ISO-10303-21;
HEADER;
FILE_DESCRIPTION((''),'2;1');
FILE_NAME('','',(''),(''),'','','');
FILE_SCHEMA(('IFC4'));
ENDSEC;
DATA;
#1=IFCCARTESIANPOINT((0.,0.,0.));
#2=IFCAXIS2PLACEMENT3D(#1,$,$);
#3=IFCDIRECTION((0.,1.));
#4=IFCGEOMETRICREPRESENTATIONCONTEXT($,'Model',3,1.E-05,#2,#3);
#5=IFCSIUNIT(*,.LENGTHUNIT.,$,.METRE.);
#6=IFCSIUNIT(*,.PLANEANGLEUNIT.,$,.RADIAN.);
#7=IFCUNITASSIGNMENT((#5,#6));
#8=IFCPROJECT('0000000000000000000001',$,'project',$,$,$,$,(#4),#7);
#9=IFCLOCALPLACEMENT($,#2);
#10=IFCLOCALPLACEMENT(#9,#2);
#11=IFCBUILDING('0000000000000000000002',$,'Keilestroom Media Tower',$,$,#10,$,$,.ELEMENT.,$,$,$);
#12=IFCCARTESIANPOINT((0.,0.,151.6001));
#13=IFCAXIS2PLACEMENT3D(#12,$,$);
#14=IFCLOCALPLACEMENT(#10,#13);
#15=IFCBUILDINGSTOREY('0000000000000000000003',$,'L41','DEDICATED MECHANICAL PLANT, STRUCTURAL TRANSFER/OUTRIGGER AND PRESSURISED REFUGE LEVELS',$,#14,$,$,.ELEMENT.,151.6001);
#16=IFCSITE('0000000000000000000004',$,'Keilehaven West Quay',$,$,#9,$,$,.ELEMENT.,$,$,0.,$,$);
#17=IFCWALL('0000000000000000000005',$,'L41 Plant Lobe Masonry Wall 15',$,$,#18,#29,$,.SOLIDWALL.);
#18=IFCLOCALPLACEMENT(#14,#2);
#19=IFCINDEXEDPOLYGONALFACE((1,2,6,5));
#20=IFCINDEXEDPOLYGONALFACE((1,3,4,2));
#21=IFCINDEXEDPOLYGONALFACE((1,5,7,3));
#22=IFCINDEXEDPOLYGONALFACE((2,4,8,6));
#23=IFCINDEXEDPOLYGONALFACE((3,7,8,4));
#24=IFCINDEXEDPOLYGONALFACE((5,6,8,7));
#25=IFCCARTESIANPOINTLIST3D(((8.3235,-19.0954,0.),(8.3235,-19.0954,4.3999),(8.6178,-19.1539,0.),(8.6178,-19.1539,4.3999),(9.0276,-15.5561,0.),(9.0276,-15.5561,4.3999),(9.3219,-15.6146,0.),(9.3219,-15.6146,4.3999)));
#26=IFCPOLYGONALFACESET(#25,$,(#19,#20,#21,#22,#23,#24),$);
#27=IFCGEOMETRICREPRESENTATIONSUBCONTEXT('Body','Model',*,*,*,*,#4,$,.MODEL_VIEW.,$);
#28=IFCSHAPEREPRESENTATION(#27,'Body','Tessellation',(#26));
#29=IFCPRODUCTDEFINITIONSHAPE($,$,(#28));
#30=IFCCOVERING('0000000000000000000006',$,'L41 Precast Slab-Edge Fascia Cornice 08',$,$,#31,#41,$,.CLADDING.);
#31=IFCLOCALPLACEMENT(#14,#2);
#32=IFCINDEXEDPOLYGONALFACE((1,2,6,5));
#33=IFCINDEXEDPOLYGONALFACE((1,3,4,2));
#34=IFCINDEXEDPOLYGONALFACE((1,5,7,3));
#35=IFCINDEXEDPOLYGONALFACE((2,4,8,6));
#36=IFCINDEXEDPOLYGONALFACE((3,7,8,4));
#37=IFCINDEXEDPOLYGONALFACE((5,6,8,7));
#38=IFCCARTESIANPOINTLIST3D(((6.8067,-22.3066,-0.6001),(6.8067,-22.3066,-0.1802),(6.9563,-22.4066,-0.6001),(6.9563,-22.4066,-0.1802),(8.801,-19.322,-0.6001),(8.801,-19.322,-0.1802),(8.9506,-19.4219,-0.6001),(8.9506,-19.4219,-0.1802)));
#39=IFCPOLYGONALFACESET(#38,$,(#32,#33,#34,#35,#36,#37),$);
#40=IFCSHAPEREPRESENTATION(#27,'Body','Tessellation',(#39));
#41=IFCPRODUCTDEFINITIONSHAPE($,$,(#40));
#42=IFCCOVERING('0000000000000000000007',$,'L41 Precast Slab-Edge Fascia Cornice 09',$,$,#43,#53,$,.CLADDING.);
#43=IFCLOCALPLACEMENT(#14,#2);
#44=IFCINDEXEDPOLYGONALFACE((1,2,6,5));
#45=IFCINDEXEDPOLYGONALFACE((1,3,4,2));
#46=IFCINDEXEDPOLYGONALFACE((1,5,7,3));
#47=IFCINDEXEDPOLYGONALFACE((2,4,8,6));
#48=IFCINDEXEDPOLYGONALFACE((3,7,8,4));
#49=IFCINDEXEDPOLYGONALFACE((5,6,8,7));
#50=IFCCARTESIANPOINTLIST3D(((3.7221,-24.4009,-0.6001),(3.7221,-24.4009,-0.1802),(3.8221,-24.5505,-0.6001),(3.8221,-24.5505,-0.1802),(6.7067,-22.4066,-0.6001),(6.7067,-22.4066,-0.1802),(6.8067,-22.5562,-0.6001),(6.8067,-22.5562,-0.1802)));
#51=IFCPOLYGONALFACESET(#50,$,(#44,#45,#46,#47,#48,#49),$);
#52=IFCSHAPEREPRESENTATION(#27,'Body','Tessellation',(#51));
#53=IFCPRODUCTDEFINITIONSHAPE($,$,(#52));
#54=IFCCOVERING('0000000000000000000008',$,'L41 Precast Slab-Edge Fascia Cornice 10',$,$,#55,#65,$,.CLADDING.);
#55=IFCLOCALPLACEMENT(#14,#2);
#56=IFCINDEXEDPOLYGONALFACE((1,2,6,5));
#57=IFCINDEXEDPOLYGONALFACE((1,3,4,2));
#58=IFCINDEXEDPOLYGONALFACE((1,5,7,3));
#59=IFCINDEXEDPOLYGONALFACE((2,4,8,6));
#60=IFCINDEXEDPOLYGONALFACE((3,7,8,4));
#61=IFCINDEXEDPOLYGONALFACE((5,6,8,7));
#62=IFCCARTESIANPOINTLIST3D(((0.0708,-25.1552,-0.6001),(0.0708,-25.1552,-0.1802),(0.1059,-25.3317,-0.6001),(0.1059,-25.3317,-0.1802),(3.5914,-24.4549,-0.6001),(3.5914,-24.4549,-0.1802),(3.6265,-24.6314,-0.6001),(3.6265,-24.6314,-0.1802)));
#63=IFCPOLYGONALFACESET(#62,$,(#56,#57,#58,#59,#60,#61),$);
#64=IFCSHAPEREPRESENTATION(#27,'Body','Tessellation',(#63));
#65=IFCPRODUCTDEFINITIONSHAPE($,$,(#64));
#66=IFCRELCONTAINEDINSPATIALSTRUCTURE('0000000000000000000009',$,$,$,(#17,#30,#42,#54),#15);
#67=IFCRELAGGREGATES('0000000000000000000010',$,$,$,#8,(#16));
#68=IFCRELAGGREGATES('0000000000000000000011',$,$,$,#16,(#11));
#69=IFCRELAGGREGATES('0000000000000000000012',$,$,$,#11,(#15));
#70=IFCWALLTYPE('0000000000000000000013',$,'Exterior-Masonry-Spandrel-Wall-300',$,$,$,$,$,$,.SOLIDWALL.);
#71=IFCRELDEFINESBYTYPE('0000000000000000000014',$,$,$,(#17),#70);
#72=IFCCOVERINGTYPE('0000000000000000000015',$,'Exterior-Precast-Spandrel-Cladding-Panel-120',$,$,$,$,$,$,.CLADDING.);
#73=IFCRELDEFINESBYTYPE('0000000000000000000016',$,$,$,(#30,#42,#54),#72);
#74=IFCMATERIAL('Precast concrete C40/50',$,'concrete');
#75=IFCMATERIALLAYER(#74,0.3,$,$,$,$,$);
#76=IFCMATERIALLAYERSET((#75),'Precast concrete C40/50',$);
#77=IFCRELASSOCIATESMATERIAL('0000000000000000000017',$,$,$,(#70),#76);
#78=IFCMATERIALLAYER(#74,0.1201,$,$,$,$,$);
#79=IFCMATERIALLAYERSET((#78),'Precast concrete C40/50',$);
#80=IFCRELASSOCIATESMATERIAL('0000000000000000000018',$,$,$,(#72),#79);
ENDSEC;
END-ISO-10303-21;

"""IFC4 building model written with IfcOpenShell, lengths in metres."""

from ifc_helpers import new_model, si_unit, direction, frame, frame_2d, origin, origin_2d, place, context, subcontext, project, spatial, rectangle, extrude, source, transform, mapped, material, layer, layer_set, type_object, element, save


model = new_model("IFC4")

# Units and contexts
model_context = context("Model", 3, precision=1e-05, world=origin(), true_north=direction((0.0, 1.0)))
body_context = subcontext(model_context, "Body", "Model", "MODEL_VIEW")
ifc_project = project(units=[si_unit("LENGTHUNIT", "METRE"), si_unit("PLANEANGLEUNIT", "RADIAN")], contexts=[model_context])

# Site, building, storey
site_placement = place(None, origin())
site = spatial("IfcSite", under=ifc_project, at=site_placement, Name="Keilehaven West Quay", CompositionType="ELEMENT", RefElevation=0.0)
building_placement = place(site_placement, origin())
building = spatial("IfcBuilding", under=site, at=building_placement, Name="Keilestroom Media Tower", CompositionType="ELEMENT")
storey_placement = place(building_placement, frame((0.0, 0.0, 151.6001)))
storey = spatial("IfcBuildingStorey", under=building, at=storey_placement, Name="L41", Description="DEDICATED MECHANICAL PLANT, STRUCTURAL TRANSFER/OUTRIGGER AND PRESSURISED REFUGE LEVELS", CompositionType="ELEMENT", Elevation=151.6001)

# Wall
ifc_material_1 = material(Name="Precast concrete C40/50", Category="concrete")
ifc_layer_1 = layer(ifc_material_1, 0.3)
ifc_layer_set_1 = layer_set([ifc_layer_1], Name="Precast concrete C40/50")
wall_type = type_object("IfcWallType", Name="Exterior-Masonry-Spandrel-Wall-300", PredefinedType="SOLIDWALL", material=ifc_layer_set_1)
for number, where, z_axis, x_axis, name in (
    (1, (8.4707, -19.1245, 0.0), (0.0, 0.0, 1.0), (0.195114, 0.980781, 0.0), "L41 Plant Lobe Masonry Wall 15"),
):
    element("IfcWall", number, at=place(storey_placement, frame(where, z_axis=z_axis, x_axis=x_axis)), inside=storey, type_object=wall_type, Name=name, PredefinedType="SOLIDWALL", context=body_context, shape_type="SweptSolid", body=[
        extrude(rectangle(XDim=3.6086, YDim=0.3, at=frame_2d((1.8042, 0.0))), origin(), (0.0, 0.0, 1.0), 4.3999),
    ])

# Coverings
ifc_layer_2 = layer(ifc_material_1, 0.1201)
ifc_layer_set_2 = layer_set([ifc_layer_2], Name="Precast concrete C40/50")
covering_type = type_object("IfcCoveringType", Name="Exterior-Precast-Spandrel-Cladding-Panel-120", PredefinedType="CLADDING", material=ifc_layer_set_2)
shared_shape_1 = source(origin(), body_context, "Body", "SweptSolid", [
    extrude(rectangle(XDim=3.5896, YDim=0.1799, at=origin_2d()), origin(), (0.0, 0.0, 1.0), 0.4199),
])
for number, where, z_axis, x_axis, name in (
    (2, (7.8787, -20.8643, -0.6001), (0.0, 0.0, 1.0), (-0.555575, -0.831467, 0.0), "L41 Precast Slab-Edge Fascia Cornice 08"),
    (3, (5.2644, -23.4785, -0.6001), (0.0, 0.0, 1.0), (-0.831467, -0.555575, 0.0), "L41 Precast Slab-Edge Fascia Cornice 09"),
    (4, (1.8486, -24.8933, -0.6001), (0.0, 0.0, 1.0), (-0.980784, -0.195099, 0.0), "L41 Precast Slab-Edge Fascia Cornice 10"),
):
    element("IfcCovering", number, at=place(storey_placement, frame(where, z_axis=z_axis, x_axis=x_axis)), inside=storey, type_object=covering_type, Name=name, PredefinedType="CLADDING", context=body_context, shape_type="MappedRepresentation", body=[
        mapped(shared_shape_1, transform((0.0, 0.0, 0.0), x_axis=(1.0, 0.0, 0.0), y_axis=(0.0, 1.0, 0.0), z_axis=(0.0, 0.0, 1.0), scale=1.0)),
    ])

save(model, "model.ifc")
